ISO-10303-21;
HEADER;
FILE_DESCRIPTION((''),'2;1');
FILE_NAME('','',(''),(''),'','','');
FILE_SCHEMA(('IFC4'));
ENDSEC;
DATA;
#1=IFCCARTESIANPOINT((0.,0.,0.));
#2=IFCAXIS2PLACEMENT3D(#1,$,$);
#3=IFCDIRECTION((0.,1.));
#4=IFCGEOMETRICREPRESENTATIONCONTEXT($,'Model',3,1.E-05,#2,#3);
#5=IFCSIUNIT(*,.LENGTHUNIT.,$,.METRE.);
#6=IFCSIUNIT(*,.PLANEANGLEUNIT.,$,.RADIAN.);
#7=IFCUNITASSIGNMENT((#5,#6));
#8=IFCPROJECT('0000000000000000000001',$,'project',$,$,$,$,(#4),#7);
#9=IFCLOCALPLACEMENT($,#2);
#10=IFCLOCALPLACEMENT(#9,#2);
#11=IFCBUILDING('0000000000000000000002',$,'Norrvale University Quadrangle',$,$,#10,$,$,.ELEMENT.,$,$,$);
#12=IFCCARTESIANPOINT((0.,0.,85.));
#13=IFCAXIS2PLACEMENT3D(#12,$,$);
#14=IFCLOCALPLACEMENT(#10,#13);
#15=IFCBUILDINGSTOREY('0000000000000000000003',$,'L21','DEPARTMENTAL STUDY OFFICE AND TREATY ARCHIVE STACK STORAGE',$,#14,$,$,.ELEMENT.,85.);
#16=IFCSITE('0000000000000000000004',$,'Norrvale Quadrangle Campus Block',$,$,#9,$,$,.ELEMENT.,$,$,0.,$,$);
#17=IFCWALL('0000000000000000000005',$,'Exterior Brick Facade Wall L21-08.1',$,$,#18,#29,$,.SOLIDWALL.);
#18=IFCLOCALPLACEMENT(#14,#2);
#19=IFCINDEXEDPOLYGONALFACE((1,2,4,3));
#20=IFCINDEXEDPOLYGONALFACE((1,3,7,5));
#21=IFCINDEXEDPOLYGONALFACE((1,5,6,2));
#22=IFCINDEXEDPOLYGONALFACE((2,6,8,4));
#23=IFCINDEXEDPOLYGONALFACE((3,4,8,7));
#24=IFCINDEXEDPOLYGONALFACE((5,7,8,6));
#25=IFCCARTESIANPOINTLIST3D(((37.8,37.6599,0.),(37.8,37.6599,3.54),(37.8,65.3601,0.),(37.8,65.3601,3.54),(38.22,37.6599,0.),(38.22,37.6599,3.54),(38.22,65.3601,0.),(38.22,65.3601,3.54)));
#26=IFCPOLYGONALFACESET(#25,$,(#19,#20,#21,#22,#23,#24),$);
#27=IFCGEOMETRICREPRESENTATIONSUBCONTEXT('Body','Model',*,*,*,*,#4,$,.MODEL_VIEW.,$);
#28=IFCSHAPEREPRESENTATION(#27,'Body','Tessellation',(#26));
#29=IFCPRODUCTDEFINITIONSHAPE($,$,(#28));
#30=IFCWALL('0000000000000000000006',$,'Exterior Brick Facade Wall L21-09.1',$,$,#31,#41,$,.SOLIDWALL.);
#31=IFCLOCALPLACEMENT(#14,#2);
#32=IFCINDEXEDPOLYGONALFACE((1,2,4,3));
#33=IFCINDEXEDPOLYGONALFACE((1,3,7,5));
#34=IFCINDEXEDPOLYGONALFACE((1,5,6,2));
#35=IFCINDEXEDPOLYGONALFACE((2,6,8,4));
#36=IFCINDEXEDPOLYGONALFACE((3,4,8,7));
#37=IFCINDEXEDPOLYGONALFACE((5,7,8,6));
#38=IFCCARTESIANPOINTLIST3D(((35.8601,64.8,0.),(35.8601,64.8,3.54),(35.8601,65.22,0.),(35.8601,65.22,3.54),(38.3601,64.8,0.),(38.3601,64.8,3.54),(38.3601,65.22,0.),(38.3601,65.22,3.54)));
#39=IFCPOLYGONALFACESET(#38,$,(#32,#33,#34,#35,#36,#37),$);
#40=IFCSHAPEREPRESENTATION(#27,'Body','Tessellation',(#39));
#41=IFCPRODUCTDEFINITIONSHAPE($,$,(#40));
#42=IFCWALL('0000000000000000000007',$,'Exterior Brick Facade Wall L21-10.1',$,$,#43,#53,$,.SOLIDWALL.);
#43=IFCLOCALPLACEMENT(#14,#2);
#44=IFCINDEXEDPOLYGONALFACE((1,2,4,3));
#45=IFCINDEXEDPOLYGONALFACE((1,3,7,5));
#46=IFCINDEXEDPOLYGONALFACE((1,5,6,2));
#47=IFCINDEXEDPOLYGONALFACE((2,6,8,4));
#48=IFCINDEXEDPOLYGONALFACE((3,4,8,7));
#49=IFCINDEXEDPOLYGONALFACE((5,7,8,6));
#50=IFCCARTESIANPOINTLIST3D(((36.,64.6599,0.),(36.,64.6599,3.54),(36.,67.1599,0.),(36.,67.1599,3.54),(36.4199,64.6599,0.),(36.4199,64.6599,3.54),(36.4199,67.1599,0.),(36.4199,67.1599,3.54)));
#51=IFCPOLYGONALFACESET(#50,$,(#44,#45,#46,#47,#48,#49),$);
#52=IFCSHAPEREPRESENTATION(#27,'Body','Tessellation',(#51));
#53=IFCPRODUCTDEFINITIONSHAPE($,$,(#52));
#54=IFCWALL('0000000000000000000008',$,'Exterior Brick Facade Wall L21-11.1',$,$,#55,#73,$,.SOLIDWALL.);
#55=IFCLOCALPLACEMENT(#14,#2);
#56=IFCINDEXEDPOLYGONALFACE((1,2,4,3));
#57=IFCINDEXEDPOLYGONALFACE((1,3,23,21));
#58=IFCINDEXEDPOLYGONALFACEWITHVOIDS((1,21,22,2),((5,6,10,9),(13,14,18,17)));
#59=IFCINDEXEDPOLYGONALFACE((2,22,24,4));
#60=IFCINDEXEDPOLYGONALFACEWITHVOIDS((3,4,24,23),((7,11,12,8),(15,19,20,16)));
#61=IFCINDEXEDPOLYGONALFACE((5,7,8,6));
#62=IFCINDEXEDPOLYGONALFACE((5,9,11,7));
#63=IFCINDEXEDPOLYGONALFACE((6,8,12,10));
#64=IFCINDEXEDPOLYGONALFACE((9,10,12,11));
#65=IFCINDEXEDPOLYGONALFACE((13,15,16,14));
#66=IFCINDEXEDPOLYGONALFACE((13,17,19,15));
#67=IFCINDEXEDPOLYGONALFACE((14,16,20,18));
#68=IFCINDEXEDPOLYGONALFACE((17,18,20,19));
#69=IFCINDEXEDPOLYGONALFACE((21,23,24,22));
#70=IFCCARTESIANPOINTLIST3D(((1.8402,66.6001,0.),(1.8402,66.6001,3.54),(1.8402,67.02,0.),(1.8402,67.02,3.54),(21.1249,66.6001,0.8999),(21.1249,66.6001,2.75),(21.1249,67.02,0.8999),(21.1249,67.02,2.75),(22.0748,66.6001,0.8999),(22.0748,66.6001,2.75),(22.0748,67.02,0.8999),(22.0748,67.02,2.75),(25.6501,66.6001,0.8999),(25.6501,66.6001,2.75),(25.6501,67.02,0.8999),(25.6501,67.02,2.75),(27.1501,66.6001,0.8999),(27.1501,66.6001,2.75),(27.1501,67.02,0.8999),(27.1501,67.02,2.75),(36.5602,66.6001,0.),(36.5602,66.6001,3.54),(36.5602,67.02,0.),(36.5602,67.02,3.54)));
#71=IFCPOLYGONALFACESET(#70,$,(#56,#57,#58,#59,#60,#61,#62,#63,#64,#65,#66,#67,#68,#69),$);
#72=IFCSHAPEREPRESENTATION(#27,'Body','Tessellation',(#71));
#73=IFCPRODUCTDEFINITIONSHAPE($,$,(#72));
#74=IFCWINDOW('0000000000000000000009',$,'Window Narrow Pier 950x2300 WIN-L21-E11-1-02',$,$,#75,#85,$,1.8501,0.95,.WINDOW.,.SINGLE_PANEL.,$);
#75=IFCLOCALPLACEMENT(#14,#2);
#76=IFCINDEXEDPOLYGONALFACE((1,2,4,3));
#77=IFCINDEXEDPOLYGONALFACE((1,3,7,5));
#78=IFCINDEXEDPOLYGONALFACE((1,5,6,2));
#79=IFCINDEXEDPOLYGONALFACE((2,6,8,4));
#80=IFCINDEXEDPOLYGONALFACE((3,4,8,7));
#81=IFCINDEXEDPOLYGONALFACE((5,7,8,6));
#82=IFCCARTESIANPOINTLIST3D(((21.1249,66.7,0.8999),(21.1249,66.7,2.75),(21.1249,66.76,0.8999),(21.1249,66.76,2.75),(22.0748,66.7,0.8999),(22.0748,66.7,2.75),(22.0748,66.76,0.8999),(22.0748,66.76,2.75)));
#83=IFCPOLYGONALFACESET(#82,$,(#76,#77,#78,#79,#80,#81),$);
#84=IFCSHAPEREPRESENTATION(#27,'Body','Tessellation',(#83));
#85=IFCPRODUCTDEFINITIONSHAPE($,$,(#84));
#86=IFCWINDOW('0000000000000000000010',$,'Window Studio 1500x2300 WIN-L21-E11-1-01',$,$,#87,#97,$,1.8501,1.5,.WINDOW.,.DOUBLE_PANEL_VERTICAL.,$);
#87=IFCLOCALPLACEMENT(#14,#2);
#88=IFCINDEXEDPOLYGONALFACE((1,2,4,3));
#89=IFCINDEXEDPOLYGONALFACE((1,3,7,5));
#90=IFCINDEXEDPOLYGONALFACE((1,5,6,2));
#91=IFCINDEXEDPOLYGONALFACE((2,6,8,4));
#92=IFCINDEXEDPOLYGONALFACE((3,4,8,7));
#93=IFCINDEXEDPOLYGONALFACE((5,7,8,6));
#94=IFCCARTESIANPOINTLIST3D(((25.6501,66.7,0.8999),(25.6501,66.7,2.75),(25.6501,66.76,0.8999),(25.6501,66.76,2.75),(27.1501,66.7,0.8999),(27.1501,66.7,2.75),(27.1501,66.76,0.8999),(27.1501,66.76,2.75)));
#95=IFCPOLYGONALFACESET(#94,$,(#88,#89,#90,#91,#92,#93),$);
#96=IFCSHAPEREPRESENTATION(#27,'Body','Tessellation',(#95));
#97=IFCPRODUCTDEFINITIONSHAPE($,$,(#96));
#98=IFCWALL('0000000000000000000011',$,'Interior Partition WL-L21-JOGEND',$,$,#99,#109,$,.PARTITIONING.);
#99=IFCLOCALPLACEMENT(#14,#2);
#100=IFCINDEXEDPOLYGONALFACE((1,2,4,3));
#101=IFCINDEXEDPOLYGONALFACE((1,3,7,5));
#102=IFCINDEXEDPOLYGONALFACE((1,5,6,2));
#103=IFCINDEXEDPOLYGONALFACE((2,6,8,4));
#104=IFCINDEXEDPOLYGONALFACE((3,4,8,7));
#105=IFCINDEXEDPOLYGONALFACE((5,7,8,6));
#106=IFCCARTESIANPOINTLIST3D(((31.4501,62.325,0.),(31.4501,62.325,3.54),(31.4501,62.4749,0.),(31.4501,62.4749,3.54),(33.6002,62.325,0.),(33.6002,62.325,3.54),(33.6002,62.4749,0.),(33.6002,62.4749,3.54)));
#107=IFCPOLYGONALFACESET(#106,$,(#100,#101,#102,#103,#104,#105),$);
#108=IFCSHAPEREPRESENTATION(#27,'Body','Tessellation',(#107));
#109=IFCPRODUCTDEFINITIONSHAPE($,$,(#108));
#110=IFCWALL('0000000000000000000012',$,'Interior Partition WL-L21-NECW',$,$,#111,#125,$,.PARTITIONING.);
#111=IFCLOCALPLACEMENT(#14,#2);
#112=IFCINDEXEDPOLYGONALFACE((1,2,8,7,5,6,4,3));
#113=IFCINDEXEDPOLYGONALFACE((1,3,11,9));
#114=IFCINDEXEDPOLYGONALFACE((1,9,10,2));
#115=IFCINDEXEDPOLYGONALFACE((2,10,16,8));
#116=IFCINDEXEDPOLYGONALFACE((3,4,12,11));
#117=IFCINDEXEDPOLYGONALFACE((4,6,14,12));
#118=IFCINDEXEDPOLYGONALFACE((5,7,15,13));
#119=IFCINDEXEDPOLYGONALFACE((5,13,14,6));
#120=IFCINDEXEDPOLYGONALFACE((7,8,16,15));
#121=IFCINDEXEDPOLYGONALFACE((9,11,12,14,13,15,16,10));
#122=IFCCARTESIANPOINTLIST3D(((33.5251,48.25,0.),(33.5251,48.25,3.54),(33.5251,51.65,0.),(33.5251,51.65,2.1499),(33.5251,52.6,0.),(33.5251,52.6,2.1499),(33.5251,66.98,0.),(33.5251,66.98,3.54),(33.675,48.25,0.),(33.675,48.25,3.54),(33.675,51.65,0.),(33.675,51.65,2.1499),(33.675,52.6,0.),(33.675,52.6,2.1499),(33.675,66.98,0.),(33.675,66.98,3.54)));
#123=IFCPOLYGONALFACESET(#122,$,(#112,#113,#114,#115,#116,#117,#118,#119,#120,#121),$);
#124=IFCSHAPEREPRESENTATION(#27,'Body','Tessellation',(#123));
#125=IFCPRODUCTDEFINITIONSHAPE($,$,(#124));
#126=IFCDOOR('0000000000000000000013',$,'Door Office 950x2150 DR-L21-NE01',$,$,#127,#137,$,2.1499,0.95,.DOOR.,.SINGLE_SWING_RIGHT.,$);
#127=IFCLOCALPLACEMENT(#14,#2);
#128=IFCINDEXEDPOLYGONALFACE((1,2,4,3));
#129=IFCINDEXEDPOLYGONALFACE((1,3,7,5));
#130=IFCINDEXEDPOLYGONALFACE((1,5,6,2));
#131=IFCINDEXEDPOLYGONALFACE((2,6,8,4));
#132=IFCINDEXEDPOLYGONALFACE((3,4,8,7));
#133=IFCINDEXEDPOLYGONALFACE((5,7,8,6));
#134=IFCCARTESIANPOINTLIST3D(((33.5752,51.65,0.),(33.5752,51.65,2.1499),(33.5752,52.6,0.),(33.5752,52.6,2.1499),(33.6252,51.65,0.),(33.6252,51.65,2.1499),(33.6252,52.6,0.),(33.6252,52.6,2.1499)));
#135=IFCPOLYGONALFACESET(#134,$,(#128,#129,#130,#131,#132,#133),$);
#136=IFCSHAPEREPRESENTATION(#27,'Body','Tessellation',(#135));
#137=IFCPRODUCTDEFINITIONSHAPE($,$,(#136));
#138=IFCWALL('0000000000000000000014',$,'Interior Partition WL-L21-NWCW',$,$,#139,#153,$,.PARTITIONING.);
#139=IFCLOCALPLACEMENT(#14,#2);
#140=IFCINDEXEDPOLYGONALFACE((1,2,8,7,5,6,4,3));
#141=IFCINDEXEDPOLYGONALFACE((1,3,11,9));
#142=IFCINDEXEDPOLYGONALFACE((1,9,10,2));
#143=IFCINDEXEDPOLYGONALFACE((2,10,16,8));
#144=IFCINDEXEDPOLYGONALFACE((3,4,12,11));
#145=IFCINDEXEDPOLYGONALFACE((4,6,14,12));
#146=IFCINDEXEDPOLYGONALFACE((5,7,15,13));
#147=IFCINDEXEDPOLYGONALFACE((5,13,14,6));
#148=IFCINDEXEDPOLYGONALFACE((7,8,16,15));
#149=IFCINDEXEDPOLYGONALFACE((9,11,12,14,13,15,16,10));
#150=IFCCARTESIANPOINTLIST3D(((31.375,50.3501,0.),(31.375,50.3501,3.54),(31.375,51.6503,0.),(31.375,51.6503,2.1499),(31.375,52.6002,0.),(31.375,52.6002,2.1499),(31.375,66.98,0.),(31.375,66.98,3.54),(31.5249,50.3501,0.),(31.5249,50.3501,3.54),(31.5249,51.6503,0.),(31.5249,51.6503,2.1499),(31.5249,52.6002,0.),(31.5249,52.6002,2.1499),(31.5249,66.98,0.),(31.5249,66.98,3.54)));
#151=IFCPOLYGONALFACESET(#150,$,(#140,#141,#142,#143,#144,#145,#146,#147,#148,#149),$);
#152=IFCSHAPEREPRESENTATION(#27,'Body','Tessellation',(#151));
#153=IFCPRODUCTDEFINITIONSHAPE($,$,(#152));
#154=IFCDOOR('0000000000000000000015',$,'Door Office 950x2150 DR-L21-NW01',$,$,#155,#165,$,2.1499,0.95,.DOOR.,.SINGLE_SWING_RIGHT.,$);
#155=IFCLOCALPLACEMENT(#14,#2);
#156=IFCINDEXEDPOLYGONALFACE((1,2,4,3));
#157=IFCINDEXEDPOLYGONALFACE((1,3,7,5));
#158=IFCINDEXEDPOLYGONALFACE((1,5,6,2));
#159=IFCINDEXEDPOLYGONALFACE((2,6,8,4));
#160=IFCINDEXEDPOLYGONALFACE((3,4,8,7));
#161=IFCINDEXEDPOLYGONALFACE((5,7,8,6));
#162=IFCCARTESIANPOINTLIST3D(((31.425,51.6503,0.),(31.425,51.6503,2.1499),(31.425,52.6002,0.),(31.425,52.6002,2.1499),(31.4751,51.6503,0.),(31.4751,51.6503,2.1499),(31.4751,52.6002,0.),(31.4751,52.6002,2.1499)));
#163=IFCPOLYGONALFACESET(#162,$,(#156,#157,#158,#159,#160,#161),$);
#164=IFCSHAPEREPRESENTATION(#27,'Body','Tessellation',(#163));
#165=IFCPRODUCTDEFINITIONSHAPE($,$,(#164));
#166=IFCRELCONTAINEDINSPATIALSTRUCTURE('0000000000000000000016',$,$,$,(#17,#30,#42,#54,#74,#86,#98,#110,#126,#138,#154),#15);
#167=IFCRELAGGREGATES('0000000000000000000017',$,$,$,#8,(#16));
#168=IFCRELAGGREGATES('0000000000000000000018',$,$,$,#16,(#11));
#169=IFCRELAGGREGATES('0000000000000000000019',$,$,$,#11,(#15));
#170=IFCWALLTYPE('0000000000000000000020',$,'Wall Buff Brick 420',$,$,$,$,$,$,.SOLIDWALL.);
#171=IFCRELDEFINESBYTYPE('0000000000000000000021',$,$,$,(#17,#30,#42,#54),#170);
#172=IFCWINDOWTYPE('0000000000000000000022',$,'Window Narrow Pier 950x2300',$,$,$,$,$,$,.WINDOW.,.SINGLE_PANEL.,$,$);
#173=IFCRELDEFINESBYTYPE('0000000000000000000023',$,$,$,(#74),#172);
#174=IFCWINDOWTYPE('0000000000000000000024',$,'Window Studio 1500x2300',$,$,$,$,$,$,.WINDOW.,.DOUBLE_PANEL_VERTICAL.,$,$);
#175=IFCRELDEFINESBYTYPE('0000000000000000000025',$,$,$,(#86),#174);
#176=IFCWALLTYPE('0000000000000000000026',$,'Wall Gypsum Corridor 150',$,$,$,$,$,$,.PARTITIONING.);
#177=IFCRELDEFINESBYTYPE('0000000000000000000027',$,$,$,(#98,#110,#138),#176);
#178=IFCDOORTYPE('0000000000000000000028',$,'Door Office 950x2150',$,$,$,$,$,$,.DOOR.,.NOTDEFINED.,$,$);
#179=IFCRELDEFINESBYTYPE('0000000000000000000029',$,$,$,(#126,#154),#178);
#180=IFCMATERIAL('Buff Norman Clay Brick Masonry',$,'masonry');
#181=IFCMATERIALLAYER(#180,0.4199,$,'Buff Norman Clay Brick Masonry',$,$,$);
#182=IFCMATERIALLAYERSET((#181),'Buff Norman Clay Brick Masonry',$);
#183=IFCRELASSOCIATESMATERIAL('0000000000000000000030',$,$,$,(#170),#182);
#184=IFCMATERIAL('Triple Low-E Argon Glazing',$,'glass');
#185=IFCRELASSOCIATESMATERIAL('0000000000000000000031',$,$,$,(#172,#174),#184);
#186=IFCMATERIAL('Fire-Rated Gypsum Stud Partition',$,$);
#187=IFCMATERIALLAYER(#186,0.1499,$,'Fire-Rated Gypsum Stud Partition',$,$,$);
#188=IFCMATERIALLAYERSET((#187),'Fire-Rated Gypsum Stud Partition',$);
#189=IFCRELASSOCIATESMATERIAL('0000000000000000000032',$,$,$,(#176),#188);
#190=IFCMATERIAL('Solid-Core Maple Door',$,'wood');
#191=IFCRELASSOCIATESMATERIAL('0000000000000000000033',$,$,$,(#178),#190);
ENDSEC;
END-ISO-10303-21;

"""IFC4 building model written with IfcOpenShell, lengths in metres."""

from ifc_helpers import new_model, si_unit, direction, frame, frame_2d, origin, place, context, subcontext, project, spatial, rectangle, extrude, material, layer, layer_set, type_object, element, fill, save


model = new_model("IFC4")

# Units and contexts
model_context = context("Model", 3, precision=1e-05, world=origin(), true_north=direction((0.0, 1.0)))
body_context = subcontext(model_context, "Body", "Model", "MODEL_VIEW")
ifc_project = project(units=[si_unit("LENGTHUNIT", "METRE"), si_unit("PLANEANGLEUNIT", "RADIAN")], contexts=[model_context])

# Site, building, storey
site_placement = place(None, origin())
site = spatial("IfcSite", under=ifc_project, at=site_placement, Name="Norrvale Quadrangle Campus Block", CompositionType="ELEMENT", RefElevation=0.0)
building_placement = place(site_placement, origin())
building = spatial("IfcBuilding", under=site, at=building_placement, Name="Norrvale University Quadrangle", CompositionType="ELEMENT")
storey_placement = place(building_placement, frame((0.0, 0.0, 85.0)))
storey = spatial("IfcBuildingStorey", under=building, at=storey_placement, Name="L21", Description="DEPARTMENTAL STUDY OFFICE AND TREATY ARCHIVE STACK STORAGE", CompositionType="ELEMENT", Elevation=85.0)

# Walls
ifc_material_1 = material(Name="Buff Norman Clay Brick Masonry", Category="masonry")
ifc_layer_1 = layer(ifc_material_1, 0.4199, Name="Buff Norman Clay Brick Masonry")
ifc_layer_set_1 = layer_set([ifc_layer_1], Name="Buff Norman Clay Brick Masonry")
wall_type_1 = type_object("IfcWallType", Name="Wall Buff Brick 420", PredefinedType="SOLIDWALL", material=ifc_layer_set_1)
for number, where, z_axis, x_axis, name in (
    (1, (38.01, 37.6599, 0.0), (0.0, 0.0, 1.0), (0.0, 1.0, 0.0), "Exterior Brick Facade Wall L21-08.1"),
):
    element("IfcWall", number, at=place(storey_placement, frame(where, z_axis=z_axis, x_axis=x_axis)), inside=storey, type_object=wall_type_1, Name=name, PredefinedType="SOLIDWALL", context=body_context, shape_type="SweptSolid", body=[
        extrude(rectangle(XDim=27.7002, YDim=0.4199, at=frame_2d((13.8501, 0.0))), origin(), (0.0, 0.0, 1.0), 3.54),
    ])
for number, where, z_axis, x_axis, name in (
    (2, (38.3601, 65.01, 0.0), (0.0, 0.0, 1.0), (-1.0, 0.0, 0.0), "Exterior Brick Facade Wall L21-09.1"),
    (3, (36.21, 64.6599, 0.0), (0.0, 0.0, 1.0), (0.0, 1.0, 0.0), "Exterior Brick Facade Wall L21-10.1"),
):
    element("IfcWall", number, at=place(storey_placement, frame(where, z_axis=z_axis, x_axis=x_axis)), inside=storey, type_object=wall_type_1, Name=name, PredefinedType="SOLIDWALL", context=body_context, shape_type="SweptSolid", body=[
        extrude(rectangle(XDim=2.5, YDim=0.4199, at=frame_2d((1.25, 0.0))), origin(), (0.0, 0.0, 1.0), 3.54),
    ])

# Wall, openings, windows
wall_1_placement = place(storey_placement, frame((36.5601, 66.8101, 0.0), z_axis=(0.0, 0.0, 1.0), x_axis=(-1.0, 0.0, 0.0)))
wall_1 = element("IfcWall", 4, at=wall_1_placement, inside=storey, type_object=wall_type_1, Name="Exterior Brick Facade Wall L21-11.1", PredefinedType="SOLIDWALL", context=body_context, shape_type="SweptSolid", body=[
    extrude(rectangle(XDim=34.72, YDim=0.4199, at=frame_2d((17.3599, 0.0))), origin(), (0.0, 0.0, 1.0), 3.54),
])
opening_1_placement = place(wall_1_placement, frame((9.4099, 0.0, 0.8999)))
opening_1 = element("IfcOpeningElement", 5, at=opening_1_placement, cuts=wall_1, PredefinedType="OPENING", context=body_context, shape_type="SweptSolid", body=[
    extrude(rectangle(XDim=1.5, YDim=1.8501, at=frame_2d((0.75, 0.925))), frame((0.0, 0.2219, 0.0), z_axis=(0.0, -1.0, 0.0), x_axis=(1.0, 0.0, 0.0)), (0.0, 0.0, 1.0), 0.4438),
])
opening_2_placement = place(wall_1_placement, frame((14.4851, 0.0, 0.8999)))
opening_2 = element("IfcOpeningElement", 6, at=opening_2_placement, cuts=wall_1, PredefinedType="OPENING", context=body_context, shape_type="SweptSolid", body=[
    extrude(rectangle(XDim=0.95, YDim=1.8501, at=frame_2d((0.4751, 0.925))), frame((0.0, 0.2219, 0.0), z_axis=(0.0, -1.0, 0.0), x_axis=(1.0, 0.0, 0.0)), (0.0, 0.0, 1.0), 0.4438),
])
ifc_material_2 = material(Name="Triple Low-E Argon Glazing", Category="glass")
window_type_1 = type_object("IfcWindowType", Name="Window Narrow Pier 950x2300", PartitioningType="SINGLE_PANEL", PredefinedType="WINDOW", material=ifc_material_2)
window_1_placement = place(opening_2_placement, origin())
window_1 = element("IfcWindow", 7, at=window_1_placement, inside=storey, type_object=window_type_1, Name="Window Narrow Pier 950x2300 WIN-L21-E11-1-02", OverallHeight=1.8501, OverallWidth=0.95, PartitioningType="SINGLE_PANEL", PredefinedType="WINDOW", context=body_context, shape_type="SweptSolid", body=[
    extrude(rectangle(XDim=0.95, YDim=1.8501, at=frame_2d((0.4751, 0.925))), frame((0.0, 0.1101, 0.0), z_axis=(0.0, -1.0, 0.0), x_axis=(1.0, 0.0, 0.0)), (0.0, 0.0, 1.0), 0.0601),
])
fill(opening_2, window_1)
window_type_2 = type_object("IfcWindowType", Name="Window Studio 1500x2300", PartitioningType="DOUBLE_PANEL_VERTICAL", PredefinedType="WINDOW", material=ifc_material_2)
window_2_placement = place(opening_1_placement, origin())
window_2 = element("IfcWindow", 8, at=window_2_placement, inside=storey, type_object=window_type_2, Name="Window Studio 1500x2300 WIN-L21-E11-1-01", OverallHeight=1.8501, OverallWidth=1.5, PartitioningType="DOUBLE_PANEL_VERTICAL", PredefinedType="WINDOW", context=body_context, shape_type="SweptSolid", body=[
    extrude(rectangle(XDim=1.5, YDim=1.8501, at=frame_2d((0.75, 0.925))), frame((0.0, 0.1101, 0.0), z_axis=(0.0, -1.0, 0.0), x_axis=(1.0, 0.0, 0.0)), (0.0, 0.0, 1.0), 0.0601),
])
fill(opening_1, window_2)

# Wall
ifc_material_3 = material(Name="Fire-Rated Gypsum Stud Partition")
ifc_layer_2 = layer(ifc_material_3, 0.1499, Name="Fire-Rated Gypsum Stud Partition")
ifc_layer_set_2 = layer_set([ifc_layer_2], Name="Fire-Rated Gypsum Stud Partition")
wall_type_2 = type_object("IfcWallType", Name="Wall Gypsum Corridor 150", PredefinedType="PARTITIONING", material=ifc_layer_set_2)
wall_2_placement = place(storey_placement, frame((31.45, 62.3999, 0.0), z_axis=(0.0, 0.0, 1.0), x_axis=(1.0, 0.0, 0.0)))
element("IfcWall", 9, at=wall_2_placement, inside=storey, type_object=wall_type_2, Name="Interior Partition WL-L21-JOGEND", PredefinedType="PARTITIONING", context=body_context, shape_type="SweptSolid", body=[
    extrude(rectangle(XDim=2.1501, YDim=0.1499, at=frame_2d((1.0752, 0.0))), origin(), (0.0, 0.0, 1.0), 3.54),
])

# Walls, openings, doors
wall_3_placement = place(storey_placement, frame((33.6001, 48.25, 0.0), z_axis=(0.0, 0.0, 1.0), x_axis=(0.0, 1.0, 0.0)))
wall_3 = element("IfcWall", 10, at=wall_3_placement, inside=storey, type_object=wall_type_2, Name="Interior Partition WL-L21-NECW", PredefinedType="PARTITIONING", context=body_context, shape_type="SweptSolid", body=[
    extrude(rectangle(XDim=18.73, YDim=0.1499, at=frame_2d((9.365, 0.0))), origin(), (0.0, 0.0, 1.0), 3.54),
])
opening_3_placement = place(wall_3_placement, frame((3.3999, 0.0, 0.0)))
opening_3 = element("IfcOpeningElement", 11, at=opening_3_placement, cuts=wall_3, PredefinedType="OPENING", context=body_context, shape_type="SweptSolid", body=[
    extrude(rectangle(XDim=0.95, YDim=2.1499, at=frame_2d((0.4751, 1.075))), frame((0.0, 0.0869, 0.0), z_axis=(0.0, -1.0, 0.0), x_axis=(1.0, 0.0, 0.0)), (0.0, 0.0, 1.0), 0.1738),
])
ifc_material_4 = material(Name="Solid-Core Maple Door", Category="wood")
door_type = type_object("IfcDoorType", Name="Door Office 950x2150", OperationType="NOTDEFINED", PredefinedType="DOOR", material=ifc_material_4)
door_1_placement = place(opening_3_placement, origin())
door_1 = element("IfcDoor", 12, at=door_1_placement, inside=storey, type_object=door_type, Name="Door Office 950x2150 DR-L21-NE01", OperationType="SINGLE_SWING_RIGHT", OverallHeight=2.1499, OverallWidth=0.95, PredefinedType="DOOR", context=body_context, shape_type="SweptSolid", body=[
    extrude(rectangle(XDim=0.95, YDim=2.1499, at=frame_2d((0.4751, 1.075))), frame((0.0, 0.0249, 0.0), z_axis=(0.0, -1.0, 0.0), x_axis=(1.0, 0.0, 0.0)), (0.0, 0.0, 1.0), 0.05),
])
fill(opening_3, door_1)
wall_4_placement = place(storey_placement, frame((31.45, 50.3501, 0.0), z_axis=(0.0, 0.0, 1.0), x_axis=(0.0, 1.0, 0.0)))
wall_4 = element("IfcWall", 13, at=wall_4_placement, inside=storey, type_object=wall_type_2, Name="Interior Partition WL-L21-NWCW", PredefinedType="PARTITIONING", context=body_context, shape_type="SweptSolid", body=[
    extrude(rectangle(XDim=16.6299, YDim=0.1499, at=frame_2d((8.3149, 0.0))), origin(), (0.0, 0.0, 1.0), 3.54),
])
opening_4_placement = place(wall_4_placement, frame((1.3, 0.0, 0.0)))
opening_4 = element("IfcOpeningElement", 14, at=opening_4_placement, cuts=wall_4, PredefinedType="OPENING", context=body_context, shape_type="SweptSolid", body=[
    extrude(rectangle(XDim=0.95, YDim=2.1499, at=frame_2d((0.4751, 1.075))), frame((0.0, 0.0869, 0.0), z_axis=(0.0, -1.0, 0.0), x_axis=(1.0, 0.0, 0.0)), (0.0, 0.0, 1.0), 0.1738),
])
door_2_placement = place(opening_4_placement, origin())
door_2 = element("IfcDoor", 15, at=door_2_placement, inside=storey, type_object=door_type, Name="Door Office 950x2150 DR-L21-NW01", OperationType="SINGLE_SWING_RIGHT", OverallHeight=2.1499, OverallWidth=0.95, PredefinedType="DOOR", context=body_context, shape_type="SweptSolid", body=[
    extrude(rectangle(XDim=0.95, YDim=2.1499, at=frame_2d((0.4751, 1.075))), frame((0.0, 0.0249, 0.0), z_axis=(0.0, -1.0, 0.0), x_axis=(1.0, 0.0, 0.0)), (0.0, 0.0, 1.0), 0.05),
])
fill(opening_4, door_2)

save(model, "model.ifc")
